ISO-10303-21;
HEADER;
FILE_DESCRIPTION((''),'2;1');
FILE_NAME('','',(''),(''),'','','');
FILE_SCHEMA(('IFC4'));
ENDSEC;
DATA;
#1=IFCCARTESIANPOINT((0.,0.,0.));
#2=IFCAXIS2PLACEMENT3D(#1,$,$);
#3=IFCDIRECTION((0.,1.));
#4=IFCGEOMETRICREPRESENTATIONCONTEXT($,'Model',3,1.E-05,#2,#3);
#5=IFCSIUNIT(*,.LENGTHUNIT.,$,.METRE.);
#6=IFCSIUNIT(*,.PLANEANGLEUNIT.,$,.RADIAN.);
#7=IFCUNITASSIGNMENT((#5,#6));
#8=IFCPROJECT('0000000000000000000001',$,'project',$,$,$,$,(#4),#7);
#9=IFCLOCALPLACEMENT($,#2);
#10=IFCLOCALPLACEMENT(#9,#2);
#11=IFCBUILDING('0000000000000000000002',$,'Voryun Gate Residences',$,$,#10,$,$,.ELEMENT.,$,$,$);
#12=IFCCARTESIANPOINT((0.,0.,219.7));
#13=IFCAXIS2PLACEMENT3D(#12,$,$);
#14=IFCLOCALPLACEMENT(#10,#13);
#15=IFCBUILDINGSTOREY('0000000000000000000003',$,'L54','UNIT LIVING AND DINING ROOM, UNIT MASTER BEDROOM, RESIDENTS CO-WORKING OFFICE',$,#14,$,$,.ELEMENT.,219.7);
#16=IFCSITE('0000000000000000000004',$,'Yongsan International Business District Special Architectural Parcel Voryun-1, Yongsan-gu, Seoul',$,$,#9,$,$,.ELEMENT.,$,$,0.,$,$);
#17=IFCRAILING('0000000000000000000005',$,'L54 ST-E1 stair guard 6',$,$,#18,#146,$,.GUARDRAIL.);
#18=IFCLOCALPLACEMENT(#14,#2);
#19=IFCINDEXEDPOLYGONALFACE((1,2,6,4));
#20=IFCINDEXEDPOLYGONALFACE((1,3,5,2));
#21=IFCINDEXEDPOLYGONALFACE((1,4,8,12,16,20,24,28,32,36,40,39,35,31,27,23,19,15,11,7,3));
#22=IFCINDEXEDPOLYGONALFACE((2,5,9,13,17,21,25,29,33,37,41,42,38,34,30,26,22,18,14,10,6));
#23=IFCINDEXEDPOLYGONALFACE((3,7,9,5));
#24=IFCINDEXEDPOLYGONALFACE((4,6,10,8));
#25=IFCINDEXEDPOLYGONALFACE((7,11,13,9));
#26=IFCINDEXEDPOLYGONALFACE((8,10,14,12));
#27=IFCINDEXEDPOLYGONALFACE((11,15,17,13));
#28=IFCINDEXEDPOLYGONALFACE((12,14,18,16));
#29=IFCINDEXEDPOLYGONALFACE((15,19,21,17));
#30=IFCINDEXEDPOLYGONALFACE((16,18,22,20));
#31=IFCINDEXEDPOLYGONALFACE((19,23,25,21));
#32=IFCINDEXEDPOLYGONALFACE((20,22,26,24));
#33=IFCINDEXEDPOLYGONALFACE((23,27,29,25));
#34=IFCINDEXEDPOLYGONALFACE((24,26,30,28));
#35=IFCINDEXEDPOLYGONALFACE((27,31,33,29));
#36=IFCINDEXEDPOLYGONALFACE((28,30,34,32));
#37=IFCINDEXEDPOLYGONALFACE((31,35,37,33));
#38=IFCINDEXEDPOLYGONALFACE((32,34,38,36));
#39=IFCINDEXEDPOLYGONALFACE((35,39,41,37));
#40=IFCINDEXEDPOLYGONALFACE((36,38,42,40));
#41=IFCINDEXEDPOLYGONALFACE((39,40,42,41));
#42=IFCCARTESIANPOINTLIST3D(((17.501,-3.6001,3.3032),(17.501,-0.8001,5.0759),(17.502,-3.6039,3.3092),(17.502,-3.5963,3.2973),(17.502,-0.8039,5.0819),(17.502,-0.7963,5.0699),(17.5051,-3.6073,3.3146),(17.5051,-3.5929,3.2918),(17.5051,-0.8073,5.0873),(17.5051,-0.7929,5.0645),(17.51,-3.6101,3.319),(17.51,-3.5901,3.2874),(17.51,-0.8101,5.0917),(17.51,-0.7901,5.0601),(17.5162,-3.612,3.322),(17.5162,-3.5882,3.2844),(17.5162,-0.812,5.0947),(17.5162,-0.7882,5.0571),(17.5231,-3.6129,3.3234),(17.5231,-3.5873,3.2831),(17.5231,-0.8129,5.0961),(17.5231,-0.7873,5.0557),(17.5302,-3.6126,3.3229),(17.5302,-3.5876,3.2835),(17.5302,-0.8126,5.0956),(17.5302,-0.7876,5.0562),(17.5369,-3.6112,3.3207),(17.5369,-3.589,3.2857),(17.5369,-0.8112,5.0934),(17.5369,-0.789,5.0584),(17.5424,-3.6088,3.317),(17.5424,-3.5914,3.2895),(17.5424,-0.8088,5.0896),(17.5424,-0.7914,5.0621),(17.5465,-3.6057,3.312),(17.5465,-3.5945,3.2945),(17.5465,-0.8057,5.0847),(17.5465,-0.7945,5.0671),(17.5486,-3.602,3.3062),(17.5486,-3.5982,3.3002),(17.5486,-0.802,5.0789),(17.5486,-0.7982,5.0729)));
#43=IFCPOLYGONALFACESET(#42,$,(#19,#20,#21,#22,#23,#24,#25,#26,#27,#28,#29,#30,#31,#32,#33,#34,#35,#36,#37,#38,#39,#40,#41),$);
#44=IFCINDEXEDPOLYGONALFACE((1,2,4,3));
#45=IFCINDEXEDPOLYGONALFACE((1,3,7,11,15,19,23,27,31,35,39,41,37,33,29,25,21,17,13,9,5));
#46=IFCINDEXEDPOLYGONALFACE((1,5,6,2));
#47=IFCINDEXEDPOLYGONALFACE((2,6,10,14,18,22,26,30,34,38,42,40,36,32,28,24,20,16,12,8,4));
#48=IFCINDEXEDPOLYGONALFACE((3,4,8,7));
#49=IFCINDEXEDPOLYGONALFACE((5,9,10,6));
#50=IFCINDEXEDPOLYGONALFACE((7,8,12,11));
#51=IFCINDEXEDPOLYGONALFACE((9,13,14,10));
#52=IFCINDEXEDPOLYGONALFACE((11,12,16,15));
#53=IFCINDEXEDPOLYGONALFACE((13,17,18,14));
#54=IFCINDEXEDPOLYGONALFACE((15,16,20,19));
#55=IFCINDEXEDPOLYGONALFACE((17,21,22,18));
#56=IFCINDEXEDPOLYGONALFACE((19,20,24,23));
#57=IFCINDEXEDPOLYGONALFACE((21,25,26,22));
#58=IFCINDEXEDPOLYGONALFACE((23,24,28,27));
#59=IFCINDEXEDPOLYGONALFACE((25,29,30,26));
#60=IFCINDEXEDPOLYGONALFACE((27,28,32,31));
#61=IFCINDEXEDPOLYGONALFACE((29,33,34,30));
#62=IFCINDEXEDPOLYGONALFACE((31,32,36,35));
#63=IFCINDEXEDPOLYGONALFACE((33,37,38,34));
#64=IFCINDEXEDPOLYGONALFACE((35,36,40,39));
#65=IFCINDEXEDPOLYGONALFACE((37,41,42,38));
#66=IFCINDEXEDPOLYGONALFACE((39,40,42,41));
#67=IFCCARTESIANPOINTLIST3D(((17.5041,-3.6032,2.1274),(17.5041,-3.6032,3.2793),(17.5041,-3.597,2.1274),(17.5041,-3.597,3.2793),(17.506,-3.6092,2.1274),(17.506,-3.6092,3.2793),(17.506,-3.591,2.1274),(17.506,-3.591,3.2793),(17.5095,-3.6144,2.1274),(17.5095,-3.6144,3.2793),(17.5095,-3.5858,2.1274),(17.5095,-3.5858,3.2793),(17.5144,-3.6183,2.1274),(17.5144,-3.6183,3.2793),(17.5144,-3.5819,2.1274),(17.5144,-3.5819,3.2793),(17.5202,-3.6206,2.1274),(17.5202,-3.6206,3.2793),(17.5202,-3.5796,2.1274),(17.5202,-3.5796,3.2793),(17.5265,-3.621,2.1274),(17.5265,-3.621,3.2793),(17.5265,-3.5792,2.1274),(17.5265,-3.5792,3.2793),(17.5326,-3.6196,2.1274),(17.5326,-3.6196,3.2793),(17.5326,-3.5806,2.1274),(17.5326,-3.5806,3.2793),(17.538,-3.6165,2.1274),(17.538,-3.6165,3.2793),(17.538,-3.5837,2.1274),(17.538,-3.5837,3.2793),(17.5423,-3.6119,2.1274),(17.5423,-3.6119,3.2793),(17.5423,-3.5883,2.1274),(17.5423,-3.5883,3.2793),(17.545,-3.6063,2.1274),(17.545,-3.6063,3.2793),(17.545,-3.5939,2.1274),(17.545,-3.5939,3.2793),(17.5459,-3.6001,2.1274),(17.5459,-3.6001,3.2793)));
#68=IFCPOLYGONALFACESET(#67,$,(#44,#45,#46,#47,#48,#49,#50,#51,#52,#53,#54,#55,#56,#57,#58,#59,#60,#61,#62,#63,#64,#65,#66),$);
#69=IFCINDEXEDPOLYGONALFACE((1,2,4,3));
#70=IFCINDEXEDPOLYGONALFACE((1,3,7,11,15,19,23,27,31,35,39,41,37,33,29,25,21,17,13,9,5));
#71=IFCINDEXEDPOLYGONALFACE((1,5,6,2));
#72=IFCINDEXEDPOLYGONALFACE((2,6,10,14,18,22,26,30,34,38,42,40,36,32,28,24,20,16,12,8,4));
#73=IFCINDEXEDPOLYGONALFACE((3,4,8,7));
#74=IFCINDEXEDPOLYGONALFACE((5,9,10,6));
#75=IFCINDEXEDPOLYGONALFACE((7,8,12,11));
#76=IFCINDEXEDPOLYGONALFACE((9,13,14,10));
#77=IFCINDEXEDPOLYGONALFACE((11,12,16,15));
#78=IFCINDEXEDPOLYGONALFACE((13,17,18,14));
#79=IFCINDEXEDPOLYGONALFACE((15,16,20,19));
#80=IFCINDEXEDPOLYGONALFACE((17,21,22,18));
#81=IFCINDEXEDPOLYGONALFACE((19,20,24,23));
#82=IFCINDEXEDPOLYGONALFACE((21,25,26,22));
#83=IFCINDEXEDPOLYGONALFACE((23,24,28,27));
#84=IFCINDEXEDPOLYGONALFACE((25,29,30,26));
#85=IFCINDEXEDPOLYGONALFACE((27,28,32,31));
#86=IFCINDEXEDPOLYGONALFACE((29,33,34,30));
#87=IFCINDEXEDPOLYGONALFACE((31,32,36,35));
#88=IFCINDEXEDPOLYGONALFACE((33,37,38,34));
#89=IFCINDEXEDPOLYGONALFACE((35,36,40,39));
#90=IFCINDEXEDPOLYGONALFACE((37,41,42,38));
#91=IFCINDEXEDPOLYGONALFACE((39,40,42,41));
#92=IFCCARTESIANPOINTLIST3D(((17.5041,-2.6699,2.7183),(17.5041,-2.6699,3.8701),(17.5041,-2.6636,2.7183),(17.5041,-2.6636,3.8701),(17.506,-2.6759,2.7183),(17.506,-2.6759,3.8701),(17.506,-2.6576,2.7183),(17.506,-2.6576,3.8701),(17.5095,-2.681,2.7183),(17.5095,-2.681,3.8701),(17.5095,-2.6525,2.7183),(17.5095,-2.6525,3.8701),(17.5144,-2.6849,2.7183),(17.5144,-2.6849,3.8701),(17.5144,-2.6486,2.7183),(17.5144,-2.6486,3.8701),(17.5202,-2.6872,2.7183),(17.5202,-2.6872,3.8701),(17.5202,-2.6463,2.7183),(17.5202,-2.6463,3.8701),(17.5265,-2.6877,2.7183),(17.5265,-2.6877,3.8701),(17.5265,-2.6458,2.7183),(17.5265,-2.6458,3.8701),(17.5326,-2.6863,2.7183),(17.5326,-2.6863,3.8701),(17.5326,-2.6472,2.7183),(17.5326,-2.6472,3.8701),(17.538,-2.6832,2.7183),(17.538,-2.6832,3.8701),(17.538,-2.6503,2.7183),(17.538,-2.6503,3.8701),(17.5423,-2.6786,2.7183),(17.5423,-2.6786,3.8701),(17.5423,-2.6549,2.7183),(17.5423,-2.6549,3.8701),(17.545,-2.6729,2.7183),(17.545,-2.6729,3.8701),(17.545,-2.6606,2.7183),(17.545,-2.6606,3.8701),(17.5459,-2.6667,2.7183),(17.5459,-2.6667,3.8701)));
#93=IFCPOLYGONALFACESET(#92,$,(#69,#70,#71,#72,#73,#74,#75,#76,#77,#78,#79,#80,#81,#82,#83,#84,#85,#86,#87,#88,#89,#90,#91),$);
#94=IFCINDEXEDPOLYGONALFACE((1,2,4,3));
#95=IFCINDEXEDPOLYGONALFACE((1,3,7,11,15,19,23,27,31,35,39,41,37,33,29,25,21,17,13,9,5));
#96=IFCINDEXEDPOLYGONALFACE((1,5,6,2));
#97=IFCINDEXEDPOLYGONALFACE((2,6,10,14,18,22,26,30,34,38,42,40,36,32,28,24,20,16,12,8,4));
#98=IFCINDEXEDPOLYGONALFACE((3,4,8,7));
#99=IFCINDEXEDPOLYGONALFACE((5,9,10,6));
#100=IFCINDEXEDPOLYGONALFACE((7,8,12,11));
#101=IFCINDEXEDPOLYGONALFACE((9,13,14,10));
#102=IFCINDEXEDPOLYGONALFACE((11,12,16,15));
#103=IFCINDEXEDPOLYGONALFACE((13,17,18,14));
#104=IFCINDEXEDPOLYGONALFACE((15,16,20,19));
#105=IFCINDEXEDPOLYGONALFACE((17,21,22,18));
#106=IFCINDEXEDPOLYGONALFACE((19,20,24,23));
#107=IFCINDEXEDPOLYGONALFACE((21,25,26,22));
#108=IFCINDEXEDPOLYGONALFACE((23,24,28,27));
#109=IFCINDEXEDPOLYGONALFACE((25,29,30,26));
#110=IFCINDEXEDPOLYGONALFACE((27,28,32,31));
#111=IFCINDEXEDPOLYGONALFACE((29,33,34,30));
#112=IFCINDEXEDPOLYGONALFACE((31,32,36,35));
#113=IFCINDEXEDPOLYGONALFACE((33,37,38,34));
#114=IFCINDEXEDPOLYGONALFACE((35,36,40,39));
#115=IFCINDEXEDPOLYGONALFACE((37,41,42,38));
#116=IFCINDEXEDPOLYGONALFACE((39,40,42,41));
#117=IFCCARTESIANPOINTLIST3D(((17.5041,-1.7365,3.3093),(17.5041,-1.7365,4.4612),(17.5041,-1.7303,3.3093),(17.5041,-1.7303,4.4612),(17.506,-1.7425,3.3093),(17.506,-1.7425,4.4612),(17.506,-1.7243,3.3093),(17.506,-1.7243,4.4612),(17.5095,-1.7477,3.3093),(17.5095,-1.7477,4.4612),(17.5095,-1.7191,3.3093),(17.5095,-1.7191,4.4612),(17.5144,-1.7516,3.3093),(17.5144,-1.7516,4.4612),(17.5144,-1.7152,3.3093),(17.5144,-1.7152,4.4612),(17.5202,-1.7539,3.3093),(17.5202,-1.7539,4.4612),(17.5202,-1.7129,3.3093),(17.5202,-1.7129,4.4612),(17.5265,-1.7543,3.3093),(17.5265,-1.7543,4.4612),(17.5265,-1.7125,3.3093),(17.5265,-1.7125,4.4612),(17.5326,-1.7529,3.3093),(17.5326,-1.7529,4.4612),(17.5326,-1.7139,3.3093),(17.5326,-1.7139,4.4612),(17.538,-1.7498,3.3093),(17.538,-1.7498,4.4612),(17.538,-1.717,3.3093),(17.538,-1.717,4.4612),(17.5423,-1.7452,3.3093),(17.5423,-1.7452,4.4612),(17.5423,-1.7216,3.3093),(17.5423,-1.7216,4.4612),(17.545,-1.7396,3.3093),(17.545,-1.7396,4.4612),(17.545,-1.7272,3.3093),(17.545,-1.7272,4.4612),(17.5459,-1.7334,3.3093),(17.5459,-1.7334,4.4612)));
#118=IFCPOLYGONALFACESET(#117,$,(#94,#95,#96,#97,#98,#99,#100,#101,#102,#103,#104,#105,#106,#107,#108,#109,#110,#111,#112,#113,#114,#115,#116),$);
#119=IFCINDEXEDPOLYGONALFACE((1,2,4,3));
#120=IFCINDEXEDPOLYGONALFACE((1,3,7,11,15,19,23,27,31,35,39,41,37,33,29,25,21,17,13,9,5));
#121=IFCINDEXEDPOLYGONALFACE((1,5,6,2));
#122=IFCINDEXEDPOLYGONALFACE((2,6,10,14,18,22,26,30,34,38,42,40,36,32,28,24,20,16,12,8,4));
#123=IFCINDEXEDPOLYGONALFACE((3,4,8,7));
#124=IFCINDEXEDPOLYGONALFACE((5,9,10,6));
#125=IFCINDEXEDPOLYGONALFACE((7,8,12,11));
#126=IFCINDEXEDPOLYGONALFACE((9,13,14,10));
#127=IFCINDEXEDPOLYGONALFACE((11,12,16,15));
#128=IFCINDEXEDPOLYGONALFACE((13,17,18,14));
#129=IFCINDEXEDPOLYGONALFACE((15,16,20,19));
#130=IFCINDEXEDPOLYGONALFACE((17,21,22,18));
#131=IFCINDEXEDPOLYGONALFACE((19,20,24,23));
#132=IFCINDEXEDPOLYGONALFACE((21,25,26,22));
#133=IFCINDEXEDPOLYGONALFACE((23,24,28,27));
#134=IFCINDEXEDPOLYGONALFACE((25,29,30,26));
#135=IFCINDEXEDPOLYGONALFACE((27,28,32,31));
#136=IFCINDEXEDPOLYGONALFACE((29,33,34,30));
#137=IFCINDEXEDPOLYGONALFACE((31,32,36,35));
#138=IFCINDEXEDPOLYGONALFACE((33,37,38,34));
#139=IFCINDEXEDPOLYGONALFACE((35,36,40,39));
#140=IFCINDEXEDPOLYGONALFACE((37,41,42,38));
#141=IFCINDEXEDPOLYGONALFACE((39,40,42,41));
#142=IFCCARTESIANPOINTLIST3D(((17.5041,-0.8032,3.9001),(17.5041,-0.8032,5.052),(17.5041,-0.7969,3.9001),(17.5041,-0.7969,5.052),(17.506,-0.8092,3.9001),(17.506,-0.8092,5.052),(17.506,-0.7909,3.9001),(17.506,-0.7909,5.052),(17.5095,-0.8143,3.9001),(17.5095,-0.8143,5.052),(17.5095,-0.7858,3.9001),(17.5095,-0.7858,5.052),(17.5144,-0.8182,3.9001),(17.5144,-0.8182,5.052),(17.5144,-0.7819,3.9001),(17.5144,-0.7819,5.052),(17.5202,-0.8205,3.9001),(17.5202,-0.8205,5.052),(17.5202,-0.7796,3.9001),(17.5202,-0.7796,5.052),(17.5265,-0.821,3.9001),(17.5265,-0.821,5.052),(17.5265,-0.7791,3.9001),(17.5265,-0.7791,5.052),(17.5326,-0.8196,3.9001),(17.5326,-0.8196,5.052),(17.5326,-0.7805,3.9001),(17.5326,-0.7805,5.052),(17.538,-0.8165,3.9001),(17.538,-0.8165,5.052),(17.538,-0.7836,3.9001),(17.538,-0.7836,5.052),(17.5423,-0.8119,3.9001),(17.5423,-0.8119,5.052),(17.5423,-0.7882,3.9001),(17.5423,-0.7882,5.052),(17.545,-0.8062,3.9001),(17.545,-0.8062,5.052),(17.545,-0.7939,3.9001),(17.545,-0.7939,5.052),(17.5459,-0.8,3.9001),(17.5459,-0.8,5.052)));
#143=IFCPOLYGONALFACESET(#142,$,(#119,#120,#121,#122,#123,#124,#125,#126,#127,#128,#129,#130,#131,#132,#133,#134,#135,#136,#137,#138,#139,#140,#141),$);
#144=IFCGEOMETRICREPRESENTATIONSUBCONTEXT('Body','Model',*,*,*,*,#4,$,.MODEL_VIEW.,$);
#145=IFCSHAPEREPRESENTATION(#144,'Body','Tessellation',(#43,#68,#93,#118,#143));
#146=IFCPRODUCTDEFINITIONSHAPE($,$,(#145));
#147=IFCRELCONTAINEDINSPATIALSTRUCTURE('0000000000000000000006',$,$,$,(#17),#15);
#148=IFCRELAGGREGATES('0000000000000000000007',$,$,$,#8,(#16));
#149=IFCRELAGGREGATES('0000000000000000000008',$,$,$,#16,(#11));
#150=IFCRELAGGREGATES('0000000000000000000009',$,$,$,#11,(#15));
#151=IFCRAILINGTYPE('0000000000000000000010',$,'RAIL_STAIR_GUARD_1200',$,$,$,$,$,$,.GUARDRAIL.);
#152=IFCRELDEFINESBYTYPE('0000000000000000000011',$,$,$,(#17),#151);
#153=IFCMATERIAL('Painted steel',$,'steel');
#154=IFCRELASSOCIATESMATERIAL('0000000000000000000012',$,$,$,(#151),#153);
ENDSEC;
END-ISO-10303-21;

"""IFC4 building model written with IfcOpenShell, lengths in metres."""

from ifc_helpers import new_model, si_unit, direction, frame, origin, origin_2d, place, context, subcontext, project, spatial, circle, extrude, material, type_object, element, save


model = new_model("IFC4")

# Units and contexts
model_context = context("Model", 3, precision=1e-05, world=origin(), true_north=direction((0.0, 1.0)))
body_context = subcontext(model_context, "Body", "Model", "MODEL_VIEW")
ifc_project = project(units=[si_unit("LENGTHUNIT", "METRE"), si_unit("PLANEANGLEUNIT", "RADIAN")], contexts=[model_context])

# Site, building, storey
site_placement = place(None, origin())
site = spatial("IfcSite", under=ifc_project, at=site_placement, Name="Yongsan International Business District Special Architectural Parcel Voryun-1, Yongsan-gu, Seoul", CompositionType="ELEMENT", RefElevation=0.0)
building_placement = place(site_placement, origin())
building = spatial("IfcBuilding", under=site, at=building_placement, Name="Voryun Gate Residences", CompositionType="ELEMENT")
storey_placement = place(building_placement, frame((0.0, 0.0, 219.7)))
storey = spatial("IfcBuildingStorey", under=building, at=storey_placement, Name="L54", Description="UNIT LIVING AND DINING ROOM, UNIT MASTER BEDROOM, RESIDENTS CO-WORKING OFFICE", CompositionType="ELEMENT", Elevation=219.7)

# Railing
ifc_material_1 = material(Name="Painted steel", Category="steel")
railing_type_1 = type_object("IfcRailingType", Name="RAIL_STAIR_GUARD_1200", PredefinedType="GUARDRAIL", material=ifc_material_1)
railing_1_placement = place(storey_placement, frame((17.5249, -3.6001, 2.1274)))
element("IfcRailing", 1, at=railing_1_placement, inside=storey, type_object=railing_type_1, Name="L54 ST-E1 stair guard 6", PredefinedType="GUARDRAIL", context=body_context, shape_type="SweptSolid", body=[
    extrude(circle(Radius=0.0239, at=origin_2d()), frame((0.0, 0.0, 1.1758), z_axis=(0.0, 0.844909, 0.53491), x_axis=(-1.0, 0.0, 0.0)), (0.0, 0.0, 1.0), 3.314),
    extrude(circle(Radius=0.021, at=origin_2d()), origin(), (0.0, 0.0, 1.0), 1.1519),
    extrude(circle(Radius=0.021, at=origin_2d()), frame((0.0, 0.9333, 0.5908)), (0.0, 0.0, 1.0), 1.1519),
    extrude(circle(Radius=0.021, at=origin_2d()), frame((0.0, 1.8667, 1.1819)), (0.0, 0.0, 1.0), 1.1519),
    extrude(circle(Radius=0.021, at=origin_2d()), frame((0.0, 2.8, 1.7727)), (0.0, 0.0, 1.0), 1.1519),
])

save(model, "model.ifc")
